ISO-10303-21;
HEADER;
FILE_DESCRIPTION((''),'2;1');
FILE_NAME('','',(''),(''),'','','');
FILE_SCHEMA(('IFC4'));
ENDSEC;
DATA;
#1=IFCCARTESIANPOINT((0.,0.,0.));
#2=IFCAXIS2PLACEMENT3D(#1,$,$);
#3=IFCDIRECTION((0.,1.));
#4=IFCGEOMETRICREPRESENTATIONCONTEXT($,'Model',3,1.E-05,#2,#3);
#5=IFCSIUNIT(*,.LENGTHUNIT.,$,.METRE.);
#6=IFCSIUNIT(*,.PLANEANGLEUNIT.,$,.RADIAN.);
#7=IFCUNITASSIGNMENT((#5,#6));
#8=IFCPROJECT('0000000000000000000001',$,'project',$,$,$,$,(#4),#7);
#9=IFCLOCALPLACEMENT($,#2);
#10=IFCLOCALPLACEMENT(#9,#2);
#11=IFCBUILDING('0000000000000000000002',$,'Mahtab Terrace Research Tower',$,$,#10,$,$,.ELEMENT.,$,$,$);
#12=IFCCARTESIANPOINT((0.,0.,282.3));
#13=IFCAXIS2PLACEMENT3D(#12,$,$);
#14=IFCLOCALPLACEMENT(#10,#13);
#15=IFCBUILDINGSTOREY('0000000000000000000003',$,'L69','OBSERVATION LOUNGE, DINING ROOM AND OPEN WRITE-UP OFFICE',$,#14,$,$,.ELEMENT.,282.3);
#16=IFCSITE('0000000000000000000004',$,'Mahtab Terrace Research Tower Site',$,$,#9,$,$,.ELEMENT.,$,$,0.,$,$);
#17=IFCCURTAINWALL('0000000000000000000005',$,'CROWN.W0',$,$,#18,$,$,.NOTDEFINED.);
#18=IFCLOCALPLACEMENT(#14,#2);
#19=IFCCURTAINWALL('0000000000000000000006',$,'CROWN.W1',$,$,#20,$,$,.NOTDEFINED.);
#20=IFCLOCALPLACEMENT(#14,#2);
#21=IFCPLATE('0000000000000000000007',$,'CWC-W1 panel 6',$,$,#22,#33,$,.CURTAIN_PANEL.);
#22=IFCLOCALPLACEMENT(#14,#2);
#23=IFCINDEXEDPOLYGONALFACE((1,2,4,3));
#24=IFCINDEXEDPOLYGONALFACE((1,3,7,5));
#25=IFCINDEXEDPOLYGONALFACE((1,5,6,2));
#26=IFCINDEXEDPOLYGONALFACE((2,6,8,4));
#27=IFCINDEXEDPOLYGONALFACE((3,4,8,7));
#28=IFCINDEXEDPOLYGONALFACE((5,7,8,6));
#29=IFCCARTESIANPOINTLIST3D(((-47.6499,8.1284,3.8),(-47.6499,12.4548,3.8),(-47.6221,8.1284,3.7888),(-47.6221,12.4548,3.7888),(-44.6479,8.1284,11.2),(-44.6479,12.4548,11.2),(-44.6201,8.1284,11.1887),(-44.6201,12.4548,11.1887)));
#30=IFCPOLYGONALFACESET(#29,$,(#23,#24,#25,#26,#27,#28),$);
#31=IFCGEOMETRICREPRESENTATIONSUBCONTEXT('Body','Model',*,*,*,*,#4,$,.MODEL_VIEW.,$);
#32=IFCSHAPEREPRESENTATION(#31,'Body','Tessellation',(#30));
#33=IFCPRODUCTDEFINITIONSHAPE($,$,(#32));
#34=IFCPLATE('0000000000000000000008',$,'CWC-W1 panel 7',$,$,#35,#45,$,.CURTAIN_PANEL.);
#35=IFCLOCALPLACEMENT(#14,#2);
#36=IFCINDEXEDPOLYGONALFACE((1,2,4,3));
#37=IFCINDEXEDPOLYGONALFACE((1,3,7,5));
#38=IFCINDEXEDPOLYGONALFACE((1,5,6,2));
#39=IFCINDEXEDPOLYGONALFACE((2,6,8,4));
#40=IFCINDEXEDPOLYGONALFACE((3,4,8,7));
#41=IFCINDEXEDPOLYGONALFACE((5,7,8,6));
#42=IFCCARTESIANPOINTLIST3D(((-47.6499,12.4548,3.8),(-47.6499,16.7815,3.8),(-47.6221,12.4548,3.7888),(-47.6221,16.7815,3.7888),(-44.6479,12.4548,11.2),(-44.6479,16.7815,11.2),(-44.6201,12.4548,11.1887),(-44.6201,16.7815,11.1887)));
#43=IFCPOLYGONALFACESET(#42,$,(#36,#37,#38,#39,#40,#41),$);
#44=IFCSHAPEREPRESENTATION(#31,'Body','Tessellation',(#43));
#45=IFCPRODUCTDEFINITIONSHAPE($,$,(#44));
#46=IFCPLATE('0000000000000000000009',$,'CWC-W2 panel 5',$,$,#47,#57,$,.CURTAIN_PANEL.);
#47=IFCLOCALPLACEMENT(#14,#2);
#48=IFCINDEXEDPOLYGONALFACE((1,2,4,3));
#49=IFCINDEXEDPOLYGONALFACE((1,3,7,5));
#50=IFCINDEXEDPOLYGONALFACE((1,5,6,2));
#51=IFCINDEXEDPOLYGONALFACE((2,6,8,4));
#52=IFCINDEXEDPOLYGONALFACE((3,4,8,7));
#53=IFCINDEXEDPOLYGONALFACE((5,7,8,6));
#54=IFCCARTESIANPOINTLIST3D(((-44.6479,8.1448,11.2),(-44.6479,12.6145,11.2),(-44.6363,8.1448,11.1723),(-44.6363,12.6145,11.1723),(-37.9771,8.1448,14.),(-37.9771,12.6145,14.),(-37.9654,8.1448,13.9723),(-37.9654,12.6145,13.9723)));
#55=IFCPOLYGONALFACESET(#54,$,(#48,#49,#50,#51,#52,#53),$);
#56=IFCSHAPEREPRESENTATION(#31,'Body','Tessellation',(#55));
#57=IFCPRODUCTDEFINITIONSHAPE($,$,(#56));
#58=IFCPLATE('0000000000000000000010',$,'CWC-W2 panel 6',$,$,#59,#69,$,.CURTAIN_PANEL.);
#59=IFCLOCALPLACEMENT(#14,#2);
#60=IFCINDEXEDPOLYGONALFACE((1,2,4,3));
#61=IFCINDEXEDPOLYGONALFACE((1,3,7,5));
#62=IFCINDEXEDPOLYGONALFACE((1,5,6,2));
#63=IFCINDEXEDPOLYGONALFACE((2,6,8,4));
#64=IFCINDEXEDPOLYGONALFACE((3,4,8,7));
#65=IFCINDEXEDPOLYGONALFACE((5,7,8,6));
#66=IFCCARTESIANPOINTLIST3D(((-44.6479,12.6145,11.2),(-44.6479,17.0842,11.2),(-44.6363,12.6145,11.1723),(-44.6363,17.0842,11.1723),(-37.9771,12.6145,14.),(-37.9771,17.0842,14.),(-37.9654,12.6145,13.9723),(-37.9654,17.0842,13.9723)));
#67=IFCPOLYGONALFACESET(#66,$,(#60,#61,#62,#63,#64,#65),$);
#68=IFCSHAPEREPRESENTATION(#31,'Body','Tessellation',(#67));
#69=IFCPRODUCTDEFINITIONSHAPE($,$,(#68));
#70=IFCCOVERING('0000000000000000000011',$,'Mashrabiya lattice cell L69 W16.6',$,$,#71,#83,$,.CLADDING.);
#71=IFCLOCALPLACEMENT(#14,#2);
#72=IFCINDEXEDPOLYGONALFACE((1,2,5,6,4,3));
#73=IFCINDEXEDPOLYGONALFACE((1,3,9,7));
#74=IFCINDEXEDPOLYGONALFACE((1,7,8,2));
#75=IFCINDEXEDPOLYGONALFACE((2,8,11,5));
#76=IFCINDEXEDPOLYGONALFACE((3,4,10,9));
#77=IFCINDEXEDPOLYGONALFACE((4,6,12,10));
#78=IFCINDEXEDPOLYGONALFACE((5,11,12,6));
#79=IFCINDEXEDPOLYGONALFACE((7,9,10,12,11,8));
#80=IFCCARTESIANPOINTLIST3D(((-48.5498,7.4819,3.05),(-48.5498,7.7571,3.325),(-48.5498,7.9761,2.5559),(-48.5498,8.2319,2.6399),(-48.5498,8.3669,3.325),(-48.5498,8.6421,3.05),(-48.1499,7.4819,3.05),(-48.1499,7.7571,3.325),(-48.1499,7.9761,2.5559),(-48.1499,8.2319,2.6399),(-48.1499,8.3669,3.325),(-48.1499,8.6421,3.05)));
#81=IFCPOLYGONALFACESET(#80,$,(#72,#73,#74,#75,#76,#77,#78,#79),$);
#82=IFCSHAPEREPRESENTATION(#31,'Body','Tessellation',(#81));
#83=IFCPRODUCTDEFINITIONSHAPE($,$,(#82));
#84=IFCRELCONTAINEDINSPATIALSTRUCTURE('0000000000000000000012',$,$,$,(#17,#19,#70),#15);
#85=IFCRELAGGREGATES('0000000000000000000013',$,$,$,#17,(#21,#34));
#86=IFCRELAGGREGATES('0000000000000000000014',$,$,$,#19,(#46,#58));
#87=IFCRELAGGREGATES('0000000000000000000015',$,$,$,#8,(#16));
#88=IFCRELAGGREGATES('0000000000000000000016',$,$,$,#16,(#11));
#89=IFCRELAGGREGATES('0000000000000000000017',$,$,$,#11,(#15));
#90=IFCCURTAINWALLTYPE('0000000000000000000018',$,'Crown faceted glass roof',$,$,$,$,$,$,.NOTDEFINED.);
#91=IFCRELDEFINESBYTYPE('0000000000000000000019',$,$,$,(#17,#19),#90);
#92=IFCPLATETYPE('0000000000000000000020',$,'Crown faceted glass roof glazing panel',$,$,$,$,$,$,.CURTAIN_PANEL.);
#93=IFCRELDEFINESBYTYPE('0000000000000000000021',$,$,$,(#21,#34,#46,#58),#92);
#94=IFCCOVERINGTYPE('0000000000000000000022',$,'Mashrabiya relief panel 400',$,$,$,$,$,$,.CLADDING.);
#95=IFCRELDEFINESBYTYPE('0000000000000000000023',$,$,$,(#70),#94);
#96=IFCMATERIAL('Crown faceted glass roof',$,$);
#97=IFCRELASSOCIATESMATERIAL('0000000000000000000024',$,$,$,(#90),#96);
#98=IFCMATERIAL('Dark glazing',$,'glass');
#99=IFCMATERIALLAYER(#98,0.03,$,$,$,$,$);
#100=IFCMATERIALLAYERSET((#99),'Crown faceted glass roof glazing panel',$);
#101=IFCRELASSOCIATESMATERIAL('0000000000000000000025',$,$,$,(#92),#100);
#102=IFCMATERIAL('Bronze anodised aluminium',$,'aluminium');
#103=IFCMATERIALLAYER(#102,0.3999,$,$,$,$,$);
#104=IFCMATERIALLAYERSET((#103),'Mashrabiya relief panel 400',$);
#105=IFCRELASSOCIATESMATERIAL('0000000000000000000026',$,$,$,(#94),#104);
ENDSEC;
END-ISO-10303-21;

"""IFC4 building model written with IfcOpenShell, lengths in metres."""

from ifc_helpers import new_model, si_unit, direction, frame, origin, place, context, subcontext, project, spatial, polyline, outline, extrude, material, layer, layer_set, type_object, element, aggregate, save


model = new_model("IFC4")

# Units and contexts
model_context = context("Model", 3, precision=1e-05, world=origin(), true_north=direction((0.0, 1.0)))
body_context = subcontext(model_context, "Body", "Model", "MODEL_VIEW")
ifc_project = project(units=[si_unit("LENGTHUNIT", "METRE"), si_unit("PLANEANGLEUNIT", "RADIAN")], contexts=[model_context])

# Site, building, storey
site_placement = place(None, origin())
site = spatial("IfcSite", under=ifc_project, at=site_placement, Name="Mahtab Terrace Research Tower Site", CompositionType="ELEMENT", RefElevation=0.0)
building_placement = place(site_placement, origin())
building = spatial("IfcBuilding", under=site, at=building_placement, Name="Mahtab Terrace Research Tower", CompositionType="ELEMENT")
storey_placement = place(building_placement, frame((0.0, 0.0, 282.3)))
storey = spatial("IfcBuildingStorey", under=building, at=storey_placement, Name="L69", Description="OBSERVATION LOUNGE, DINING ROOM AND OPEN WRITE-UP OFFICE", CompositionType="ELEMENT", Elevation=282.3)

# Curtain walls
ifc_material_1 = material(Name="Crown faceted glass roof")
curtain_wall_type = type_object("IfcCurtainWallType", Name="Crown faceted glass roof", PredefinedType="NOTDEFINED", material=ifc_material_1)
curtain_wall_1_placement = place(storey_placement, origin())
curtain_wall_1 = element("IfcCurtainWall", 1, at=curtain_wall_1_placement, inside=storey, type_object=curtain_wall_type, Name="CROWN.W0", PredefinedType="NOTDEFINED")
curtain_wall_2_placement = place(storey_placement, origin())
curtain_wall_2 = element("IfcCurtainWall", 2, at=curtain_wall_2_placement, inside=storey, type_object=curtain_wall_type, Name="CROWN.W1", PredefinedType="NOTDEFINED")

# Plates
ifc_material_2 = material(Name="Dark glazing", Category="glass")
ifc_layer_1 = layer(ifc_material_2, 0.03)
ifc_layer_set_1 = layer_set([ifc_layer_1], Name="Crown faceted glass roof glazing panel")
plate_type = type_object("IfcPlateType", Name="Crown faceted glass roof glazing panel", PredefinedType="CURTAIN_PANEL", material=ifc_layer_set_1)
plate_1_placement = place(storey_placement, frame((-44.6479, 8.1284, 11.2), z_axis=(-0.926652, 0.0, 0.375919), x_axis=(0.0, 1.0, 0.0)))
plate_1 = element("IfcPlate", 3, at=plate_1_placement, type_object=plate_type, Name="CWC-W1 panel 6", PredefinedType="CURTAIN_PANEL", context=body_context, shape_type="SweptSolid", body=[
    extrude(outline(polyline([(0.0, 0.0), (4.3264, 0.0), (4.3264, 7.9856), (0.0, 7.9856), (0.0, 0.0)])), origin(), (0.0, 0.0, -1.0), 0.03),
])
plate_2_placement = place(storey_placement, frame((-44.6479, 12.4548, 11.2), z_axis=(-0.926652, 0.0, 0.375919), x_axis=(0.0, 1.0, 0.0)))
plate_2 = element("IfcPlate", 4, at=plate_2_placement, type_object=plate_type, Name="CWC-W1 panel 7", PredefinedType="CURTAIN_PANEL", context=body_context, shape_type="SweptSolid", body=[
    extrude(outline(polyline([(0.0, 0.0), (4.3267, 0.0), (4.3267, 7.9856), (0.0, 7.9856), (0.0, 0.0)])), origin(), (0.0, 0.0, -1.0), 0.03),
])
aggregate(curtain_wall_1, [plate_1, plate_2])
plate_3_placement = place(storey_placement, frame((-37.9771, 8.1448, 14.0), z_axis=(-0.387029, 0.0, 0.922067), x_axis=(0.0, 1.0, 0.0)))
plate_3 = element("IfcPlate", 5, at=plate_3_placement, type_object=plate_type, Name="CWC-W2 panel 5", PredefinedType="CURTAIN_PANEL", context=body_context, shape_type="SweptSolid", body=[
    extrude(outline(polyline([(0.0, 0.0), (4.4697, 0.0), (4.4697, 7.2347), (0.0, 7.2347), (0.0, 0.0)])), origin(), (0.0, 0.0, -1.0), 0.03),
])
plate_4_placement = place(storey_placement, frame((-37.9771, 12.6145, 14.0), z_axis=(-0.387029, 0.0, 0.922067), x_axis=(0.0, 1.0, 0.0)))
plate_4 = element("IfcPlate", 6, at=plate_4_placement, type_object=plate_type, Name="CWC-W2 panel 6", PredefinedType="CURTAIN_PANEL", context=body_context, shape_type="SweptSolid", body=[
    extrude(outline(polyline([(0.0, 0.0), (4.4697, 0.0), (4.4697, 7.2347), (0.0, 7.2347), (0.0, 0.0)])), origin(), (0.0, 0.0, -1.0), 0.03),
])
aggregate(curtain_wall_2, [plate_3, plate_4])

# Covering
ifc_material_3 = material(Name="Bronze anodised aluminium", Category="aluminium")
ifc_layer_2 = layer(ifc_material_3, 0.3999)
ifc_layer_set_2 = layer_set([ifc_layer_2], Name="Mashrabiya relief panel 400")
covering_type = type_object("IfcCoveringType", Name="Mashrabiya relief panel 400", PredefinedType="CLADDING", material=ifc_layer_set_2)
covering_placement = place(storey_placement, frame((-48.1499, 8.6421, 3.05), z_axis=(1.0, 0.0, 0.0), x_axis=(0.0, -0.707421, 0.706793)))
element("IfcCovering", 7, at=covering_placement, inside=storey, type_object=covering_type, Name="Mashrabiya lattice cell L69 W16.6", PredefinedType="CLADDING", context=body_context, shape_type="SweptSolid", body=[
    extrude(outline(polyline([(0.0, 0.0), (0.3889, 0.0), (0.8204, 0.431), (0.8207, 0.82), (0.1219, 0.8203), (0.0003, 0.58), (0.0, 0.0)])), origin(), (0.0, 0.0, -1.0), 0.3999),
])

save(model, "model.ifc")
